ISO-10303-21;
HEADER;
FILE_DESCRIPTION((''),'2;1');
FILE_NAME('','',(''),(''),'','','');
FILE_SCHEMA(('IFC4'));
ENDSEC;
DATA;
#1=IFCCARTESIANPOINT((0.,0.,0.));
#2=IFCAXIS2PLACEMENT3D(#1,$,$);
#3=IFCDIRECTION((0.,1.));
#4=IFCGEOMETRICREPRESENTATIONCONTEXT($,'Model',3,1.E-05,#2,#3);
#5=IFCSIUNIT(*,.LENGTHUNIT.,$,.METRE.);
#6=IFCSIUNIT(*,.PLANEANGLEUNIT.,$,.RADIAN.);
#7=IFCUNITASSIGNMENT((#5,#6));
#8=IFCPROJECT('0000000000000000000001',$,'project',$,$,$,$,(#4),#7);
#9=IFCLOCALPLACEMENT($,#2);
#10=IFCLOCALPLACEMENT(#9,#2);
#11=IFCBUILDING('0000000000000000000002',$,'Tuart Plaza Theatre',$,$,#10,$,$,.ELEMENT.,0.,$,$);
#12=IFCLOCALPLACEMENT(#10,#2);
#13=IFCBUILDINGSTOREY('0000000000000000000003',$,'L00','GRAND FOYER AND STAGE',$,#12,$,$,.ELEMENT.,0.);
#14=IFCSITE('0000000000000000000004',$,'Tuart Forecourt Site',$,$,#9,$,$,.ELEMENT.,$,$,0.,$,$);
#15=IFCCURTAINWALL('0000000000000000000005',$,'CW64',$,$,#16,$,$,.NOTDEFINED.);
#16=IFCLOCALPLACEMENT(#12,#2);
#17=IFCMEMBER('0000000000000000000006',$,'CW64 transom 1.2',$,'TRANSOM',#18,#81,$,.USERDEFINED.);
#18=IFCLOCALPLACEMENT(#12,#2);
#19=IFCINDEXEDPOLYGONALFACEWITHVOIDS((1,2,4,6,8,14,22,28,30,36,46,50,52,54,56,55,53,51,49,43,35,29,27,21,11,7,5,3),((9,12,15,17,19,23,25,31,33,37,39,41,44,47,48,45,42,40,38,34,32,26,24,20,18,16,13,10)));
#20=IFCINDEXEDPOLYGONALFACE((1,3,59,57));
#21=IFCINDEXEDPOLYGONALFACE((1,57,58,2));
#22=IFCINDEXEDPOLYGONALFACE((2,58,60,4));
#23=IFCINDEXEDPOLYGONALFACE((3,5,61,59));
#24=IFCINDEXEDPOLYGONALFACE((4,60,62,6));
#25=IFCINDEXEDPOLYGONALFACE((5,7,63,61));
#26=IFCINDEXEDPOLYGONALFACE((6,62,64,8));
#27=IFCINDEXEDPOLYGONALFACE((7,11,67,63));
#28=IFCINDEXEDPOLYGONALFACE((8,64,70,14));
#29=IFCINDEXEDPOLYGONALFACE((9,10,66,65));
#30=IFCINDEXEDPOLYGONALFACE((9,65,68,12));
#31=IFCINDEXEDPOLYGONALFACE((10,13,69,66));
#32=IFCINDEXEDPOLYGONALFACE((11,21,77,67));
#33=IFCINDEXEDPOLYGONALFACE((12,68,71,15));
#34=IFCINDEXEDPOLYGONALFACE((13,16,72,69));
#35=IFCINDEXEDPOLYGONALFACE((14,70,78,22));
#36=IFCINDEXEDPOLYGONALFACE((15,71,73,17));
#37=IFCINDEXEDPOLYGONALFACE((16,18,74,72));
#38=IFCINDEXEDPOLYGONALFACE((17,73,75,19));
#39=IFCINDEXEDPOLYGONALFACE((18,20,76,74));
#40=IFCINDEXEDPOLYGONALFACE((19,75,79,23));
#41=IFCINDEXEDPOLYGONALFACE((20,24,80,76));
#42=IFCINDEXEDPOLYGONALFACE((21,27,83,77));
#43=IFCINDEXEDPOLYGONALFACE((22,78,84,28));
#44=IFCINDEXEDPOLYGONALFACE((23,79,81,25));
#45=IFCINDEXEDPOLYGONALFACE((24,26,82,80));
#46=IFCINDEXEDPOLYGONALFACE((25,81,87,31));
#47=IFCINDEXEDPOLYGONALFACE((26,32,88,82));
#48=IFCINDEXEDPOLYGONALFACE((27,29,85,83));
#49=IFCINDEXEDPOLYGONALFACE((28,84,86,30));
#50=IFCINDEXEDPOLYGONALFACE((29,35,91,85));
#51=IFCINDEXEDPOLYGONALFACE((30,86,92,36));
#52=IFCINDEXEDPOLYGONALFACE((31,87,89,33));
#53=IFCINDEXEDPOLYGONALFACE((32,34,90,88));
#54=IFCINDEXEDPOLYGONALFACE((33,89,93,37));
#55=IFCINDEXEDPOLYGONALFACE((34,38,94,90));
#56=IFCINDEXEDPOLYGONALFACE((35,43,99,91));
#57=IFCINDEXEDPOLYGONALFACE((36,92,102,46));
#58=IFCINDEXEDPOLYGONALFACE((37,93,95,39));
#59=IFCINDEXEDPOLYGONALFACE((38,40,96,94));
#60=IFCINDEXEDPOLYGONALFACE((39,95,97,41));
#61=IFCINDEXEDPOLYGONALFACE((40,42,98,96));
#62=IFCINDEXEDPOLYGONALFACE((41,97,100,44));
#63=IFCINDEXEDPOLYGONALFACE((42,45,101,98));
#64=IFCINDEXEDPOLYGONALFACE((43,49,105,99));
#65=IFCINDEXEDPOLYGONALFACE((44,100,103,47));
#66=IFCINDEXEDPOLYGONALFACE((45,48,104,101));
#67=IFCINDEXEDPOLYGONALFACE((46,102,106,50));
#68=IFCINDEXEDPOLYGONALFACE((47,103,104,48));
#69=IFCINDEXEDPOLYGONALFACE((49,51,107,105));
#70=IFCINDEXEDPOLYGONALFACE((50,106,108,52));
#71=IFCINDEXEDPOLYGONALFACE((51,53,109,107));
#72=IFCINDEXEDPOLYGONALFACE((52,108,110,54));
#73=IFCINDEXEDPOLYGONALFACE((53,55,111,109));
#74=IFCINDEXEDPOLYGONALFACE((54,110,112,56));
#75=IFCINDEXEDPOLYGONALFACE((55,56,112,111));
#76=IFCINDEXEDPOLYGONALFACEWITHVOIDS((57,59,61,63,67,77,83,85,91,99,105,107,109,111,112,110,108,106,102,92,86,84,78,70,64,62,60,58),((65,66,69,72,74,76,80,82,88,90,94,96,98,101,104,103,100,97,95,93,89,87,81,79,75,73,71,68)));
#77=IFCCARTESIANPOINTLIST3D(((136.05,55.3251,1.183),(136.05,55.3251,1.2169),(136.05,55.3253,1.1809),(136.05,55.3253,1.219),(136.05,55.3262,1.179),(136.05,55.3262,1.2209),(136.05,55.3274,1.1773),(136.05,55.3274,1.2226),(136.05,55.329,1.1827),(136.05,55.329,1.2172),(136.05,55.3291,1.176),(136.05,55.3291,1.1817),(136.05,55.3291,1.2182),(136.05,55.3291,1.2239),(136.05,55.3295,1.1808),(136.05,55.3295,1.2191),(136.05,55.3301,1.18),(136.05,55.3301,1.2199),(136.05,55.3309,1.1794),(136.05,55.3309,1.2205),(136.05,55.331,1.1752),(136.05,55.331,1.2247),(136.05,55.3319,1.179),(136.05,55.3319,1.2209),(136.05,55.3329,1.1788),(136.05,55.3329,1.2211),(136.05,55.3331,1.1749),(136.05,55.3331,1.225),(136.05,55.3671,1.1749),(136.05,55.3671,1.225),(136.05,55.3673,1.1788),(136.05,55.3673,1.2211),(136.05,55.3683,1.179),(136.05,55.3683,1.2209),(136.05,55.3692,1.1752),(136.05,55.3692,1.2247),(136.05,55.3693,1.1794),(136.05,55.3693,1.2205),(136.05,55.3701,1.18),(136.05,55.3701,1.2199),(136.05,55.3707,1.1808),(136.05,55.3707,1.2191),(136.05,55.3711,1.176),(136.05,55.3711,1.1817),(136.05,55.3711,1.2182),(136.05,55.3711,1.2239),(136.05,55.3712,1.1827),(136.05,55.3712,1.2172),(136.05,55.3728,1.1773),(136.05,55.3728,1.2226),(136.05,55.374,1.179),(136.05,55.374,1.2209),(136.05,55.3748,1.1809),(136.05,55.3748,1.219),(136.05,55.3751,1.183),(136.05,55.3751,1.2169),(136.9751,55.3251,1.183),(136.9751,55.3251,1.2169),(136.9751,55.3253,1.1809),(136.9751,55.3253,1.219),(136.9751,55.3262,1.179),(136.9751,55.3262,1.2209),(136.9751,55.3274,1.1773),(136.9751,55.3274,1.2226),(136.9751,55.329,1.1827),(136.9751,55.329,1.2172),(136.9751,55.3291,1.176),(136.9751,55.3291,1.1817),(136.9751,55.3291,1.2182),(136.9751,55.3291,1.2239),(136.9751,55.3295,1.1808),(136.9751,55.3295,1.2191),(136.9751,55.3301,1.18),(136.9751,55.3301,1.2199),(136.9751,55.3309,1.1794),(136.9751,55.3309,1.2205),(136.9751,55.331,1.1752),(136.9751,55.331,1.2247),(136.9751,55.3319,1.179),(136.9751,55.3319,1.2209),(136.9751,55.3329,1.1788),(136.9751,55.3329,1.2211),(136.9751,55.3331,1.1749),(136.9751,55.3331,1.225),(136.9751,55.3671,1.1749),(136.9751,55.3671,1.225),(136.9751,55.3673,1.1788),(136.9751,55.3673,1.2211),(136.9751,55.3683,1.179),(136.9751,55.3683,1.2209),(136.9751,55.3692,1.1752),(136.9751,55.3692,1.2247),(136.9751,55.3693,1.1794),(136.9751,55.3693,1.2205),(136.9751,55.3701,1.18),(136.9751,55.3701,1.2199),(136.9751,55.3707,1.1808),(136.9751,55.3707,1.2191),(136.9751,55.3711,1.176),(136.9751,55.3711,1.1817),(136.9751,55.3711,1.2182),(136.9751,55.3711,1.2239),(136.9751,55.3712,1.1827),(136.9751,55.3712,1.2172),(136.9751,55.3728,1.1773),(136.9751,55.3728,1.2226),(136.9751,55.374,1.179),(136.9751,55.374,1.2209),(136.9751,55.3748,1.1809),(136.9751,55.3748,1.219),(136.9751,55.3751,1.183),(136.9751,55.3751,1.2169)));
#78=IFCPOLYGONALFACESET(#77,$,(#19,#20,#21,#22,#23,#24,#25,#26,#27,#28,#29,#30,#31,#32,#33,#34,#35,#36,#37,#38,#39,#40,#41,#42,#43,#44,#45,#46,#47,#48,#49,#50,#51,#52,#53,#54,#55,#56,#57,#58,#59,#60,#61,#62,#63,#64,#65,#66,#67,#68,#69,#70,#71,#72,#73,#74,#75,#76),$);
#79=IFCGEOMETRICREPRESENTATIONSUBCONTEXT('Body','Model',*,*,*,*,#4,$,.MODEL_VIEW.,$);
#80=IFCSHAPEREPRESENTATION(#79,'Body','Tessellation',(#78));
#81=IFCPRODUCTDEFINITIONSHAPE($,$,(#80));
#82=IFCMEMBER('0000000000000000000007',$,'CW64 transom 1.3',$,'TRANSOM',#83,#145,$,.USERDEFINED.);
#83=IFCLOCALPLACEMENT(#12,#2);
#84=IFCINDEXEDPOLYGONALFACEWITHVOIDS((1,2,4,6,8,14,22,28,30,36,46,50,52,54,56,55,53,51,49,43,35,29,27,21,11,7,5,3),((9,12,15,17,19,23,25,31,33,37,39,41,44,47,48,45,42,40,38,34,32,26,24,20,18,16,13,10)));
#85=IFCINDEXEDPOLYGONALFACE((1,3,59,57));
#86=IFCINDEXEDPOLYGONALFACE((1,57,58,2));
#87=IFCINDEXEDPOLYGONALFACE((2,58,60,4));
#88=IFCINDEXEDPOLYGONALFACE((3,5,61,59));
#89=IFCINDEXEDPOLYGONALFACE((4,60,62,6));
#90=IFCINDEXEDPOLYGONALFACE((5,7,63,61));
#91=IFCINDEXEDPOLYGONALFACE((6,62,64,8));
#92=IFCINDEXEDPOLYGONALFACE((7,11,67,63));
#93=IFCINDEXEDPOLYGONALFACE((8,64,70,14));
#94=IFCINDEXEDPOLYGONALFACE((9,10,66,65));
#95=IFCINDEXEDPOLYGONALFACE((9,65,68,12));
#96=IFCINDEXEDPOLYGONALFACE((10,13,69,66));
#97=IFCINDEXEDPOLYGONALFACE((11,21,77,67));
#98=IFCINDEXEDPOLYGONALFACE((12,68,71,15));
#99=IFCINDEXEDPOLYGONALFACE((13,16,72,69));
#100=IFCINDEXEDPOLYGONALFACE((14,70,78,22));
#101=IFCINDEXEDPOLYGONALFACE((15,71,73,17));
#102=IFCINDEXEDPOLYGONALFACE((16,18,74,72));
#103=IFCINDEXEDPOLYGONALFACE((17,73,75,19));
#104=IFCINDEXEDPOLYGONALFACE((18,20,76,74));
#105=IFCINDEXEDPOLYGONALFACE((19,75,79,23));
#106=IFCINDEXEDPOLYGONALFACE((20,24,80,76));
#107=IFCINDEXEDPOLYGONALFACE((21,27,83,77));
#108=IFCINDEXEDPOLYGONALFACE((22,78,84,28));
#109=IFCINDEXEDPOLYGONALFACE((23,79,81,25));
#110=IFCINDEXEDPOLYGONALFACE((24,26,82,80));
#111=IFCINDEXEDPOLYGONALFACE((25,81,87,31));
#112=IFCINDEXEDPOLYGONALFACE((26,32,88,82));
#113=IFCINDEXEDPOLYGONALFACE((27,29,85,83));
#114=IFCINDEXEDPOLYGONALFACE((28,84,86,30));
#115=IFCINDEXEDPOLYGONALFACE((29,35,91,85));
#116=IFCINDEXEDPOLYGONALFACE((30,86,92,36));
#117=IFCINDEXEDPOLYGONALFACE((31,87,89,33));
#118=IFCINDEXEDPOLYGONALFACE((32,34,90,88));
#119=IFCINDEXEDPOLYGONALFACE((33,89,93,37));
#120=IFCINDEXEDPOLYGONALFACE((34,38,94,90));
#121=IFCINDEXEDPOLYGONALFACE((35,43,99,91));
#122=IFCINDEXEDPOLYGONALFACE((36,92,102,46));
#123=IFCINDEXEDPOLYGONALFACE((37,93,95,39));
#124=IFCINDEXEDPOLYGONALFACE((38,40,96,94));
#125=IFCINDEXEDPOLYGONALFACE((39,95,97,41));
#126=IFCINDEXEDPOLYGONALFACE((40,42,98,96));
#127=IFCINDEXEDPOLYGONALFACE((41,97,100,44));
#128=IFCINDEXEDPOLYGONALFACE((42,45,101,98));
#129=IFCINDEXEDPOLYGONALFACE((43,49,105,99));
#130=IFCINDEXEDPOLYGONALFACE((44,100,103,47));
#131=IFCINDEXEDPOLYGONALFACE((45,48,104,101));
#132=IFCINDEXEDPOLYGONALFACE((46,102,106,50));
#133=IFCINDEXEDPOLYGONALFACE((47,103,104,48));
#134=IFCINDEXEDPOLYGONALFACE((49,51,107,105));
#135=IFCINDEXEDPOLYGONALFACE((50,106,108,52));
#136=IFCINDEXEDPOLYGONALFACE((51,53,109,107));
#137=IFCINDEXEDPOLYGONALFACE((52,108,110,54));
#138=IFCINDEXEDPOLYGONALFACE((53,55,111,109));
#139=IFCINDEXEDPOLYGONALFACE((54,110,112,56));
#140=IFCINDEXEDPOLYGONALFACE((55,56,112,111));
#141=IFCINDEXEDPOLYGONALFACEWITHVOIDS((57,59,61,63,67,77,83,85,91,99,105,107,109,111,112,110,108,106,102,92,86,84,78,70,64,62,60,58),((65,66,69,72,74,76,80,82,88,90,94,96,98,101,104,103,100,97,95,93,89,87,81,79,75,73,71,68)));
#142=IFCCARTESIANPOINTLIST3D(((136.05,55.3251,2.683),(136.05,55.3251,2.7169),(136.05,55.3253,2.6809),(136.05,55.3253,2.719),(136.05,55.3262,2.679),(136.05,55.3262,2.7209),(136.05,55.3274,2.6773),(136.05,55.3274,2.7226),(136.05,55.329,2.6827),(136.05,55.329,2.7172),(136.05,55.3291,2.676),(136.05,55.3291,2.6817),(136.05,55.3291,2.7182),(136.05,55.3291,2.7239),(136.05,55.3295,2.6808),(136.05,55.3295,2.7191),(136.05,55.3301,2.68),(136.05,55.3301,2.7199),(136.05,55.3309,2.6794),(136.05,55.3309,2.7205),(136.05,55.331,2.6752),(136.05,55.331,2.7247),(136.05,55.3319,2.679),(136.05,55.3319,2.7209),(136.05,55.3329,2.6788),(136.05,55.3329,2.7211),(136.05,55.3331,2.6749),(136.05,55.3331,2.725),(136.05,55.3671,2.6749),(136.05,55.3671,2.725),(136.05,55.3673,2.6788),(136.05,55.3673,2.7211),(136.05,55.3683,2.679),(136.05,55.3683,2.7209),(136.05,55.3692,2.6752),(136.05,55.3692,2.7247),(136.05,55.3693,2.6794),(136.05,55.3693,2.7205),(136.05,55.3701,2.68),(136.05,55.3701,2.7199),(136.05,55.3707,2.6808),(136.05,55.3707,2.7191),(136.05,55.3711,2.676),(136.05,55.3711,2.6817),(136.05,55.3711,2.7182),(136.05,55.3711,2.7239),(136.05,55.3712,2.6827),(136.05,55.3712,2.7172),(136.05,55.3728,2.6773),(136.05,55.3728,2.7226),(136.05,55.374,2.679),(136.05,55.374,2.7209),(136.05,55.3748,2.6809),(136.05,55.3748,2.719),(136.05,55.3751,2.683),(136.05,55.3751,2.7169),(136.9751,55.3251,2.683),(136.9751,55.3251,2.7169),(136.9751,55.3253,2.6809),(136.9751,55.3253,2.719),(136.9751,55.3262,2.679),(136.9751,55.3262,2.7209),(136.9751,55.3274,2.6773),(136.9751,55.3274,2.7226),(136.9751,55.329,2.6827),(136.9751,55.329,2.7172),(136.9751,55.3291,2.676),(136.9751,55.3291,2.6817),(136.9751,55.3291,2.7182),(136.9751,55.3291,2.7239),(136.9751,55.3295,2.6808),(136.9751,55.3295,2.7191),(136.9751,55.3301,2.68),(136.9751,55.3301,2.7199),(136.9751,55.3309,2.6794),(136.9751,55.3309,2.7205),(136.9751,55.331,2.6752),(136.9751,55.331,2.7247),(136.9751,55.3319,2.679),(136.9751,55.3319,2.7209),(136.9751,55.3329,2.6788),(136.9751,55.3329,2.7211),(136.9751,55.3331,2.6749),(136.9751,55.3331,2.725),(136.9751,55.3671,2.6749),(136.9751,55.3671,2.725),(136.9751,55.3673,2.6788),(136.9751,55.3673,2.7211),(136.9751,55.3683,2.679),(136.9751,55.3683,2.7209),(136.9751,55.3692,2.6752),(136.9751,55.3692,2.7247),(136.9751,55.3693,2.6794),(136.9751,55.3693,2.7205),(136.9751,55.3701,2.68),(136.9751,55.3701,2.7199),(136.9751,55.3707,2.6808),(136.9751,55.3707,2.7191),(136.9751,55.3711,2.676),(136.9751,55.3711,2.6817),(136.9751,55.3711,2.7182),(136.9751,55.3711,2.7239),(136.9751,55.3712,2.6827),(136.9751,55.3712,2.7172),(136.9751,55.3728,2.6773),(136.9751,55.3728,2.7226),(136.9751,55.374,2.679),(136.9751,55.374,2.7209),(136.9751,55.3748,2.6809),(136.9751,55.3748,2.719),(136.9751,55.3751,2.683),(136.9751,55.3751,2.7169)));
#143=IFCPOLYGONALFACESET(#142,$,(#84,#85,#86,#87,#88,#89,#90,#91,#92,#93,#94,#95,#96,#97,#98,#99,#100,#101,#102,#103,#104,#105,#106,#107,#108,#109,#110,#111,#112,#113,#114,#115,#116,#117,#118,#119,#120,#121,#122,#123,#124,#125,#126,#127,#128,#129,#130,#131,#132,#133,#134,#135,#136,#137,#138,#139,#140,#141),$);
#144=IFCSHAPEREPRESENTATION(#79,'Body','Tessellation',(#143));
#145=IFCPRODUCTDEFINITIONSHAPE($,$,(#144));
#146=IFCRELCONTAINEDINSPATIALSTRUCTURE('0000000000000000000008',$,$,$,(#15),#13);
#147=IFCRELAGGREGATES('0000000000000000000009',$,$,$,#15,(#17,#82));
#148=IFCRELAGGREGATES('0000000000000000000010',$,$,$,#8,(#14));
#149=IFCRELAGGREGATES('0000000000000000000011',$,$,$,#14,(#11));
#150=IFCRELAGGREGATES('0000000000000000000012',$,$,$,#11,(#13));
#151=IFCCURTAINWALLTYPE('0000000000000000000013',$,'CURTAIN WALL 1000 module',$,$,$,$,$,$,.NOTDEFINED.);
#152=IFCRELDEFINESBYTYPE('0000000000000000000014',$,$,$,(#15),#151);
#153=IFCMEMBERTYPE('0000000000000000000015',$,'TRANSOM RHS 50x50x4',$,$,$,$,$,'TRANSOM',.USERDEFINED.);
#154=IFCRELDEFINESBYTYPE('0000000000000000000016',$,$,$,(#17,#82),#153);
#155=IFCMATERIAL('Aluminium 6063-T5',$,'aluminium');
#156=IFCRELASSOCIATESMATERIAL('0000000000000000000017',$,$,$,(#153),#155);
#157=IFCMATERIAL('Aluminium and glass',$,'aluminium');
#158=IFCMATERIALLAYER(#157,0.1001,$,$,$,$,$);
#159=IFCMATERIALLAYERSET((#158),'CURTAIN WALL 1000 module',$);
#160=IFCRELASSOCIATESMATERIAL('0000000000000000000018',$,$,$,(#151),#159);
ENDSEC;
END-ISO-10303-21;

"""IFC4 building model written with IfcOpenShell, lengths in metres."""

from ifc_helpers import new_model, si_unit, direction, frame, origin, origin_2d, place, context, subcontext, project, spatial, hollow_rectangle, extrude, material, layer, layer_set, material_profile, profile_set, type_object, element, aggregate, save


model = new_model("IFC4")

# Units and contexts
model_context = context("Model", 3, precision=1e-05, world=origin(), true_north=direction((0.0, 1.0)))
body_context = subcontext(model_context, "Body", "Model", "MODEL_VIEW")
ifc_project = project(units=[si_unit("LENGTHUNIT", "METRE"), si_unit("PLANEANGLEUNIT", "RADIAN")], contexts=[model_context])

# Site, building, storey
site_placement = place(None, origin())
site = spatial("IfcSite", under=ifc_project, at=site_placement, Name="Tuart Forecourt Site", CompositionType="ELEMENT", RefElevation=0.0)
building_placement = place(site_placement, origin())
building = spatial("IfcBuilding", under=site, at=building_placement, Name="Tuart Plaza Theatre", CompositionType="ELEMENT", ElevationOfRefHeight=0.0)
storey_placement = place(building_placement, origin())
storey = spatial("IfcBuildingStorey", under=building, at=storey_placement, Name="L00", Description="GRAND FOYER AND STAGE", CompositionType="ELEMENT", Elevation=0.0)

# Curtain wall, members
ifc_material_1 = material(Name="Aluminium 6063-T5", Category="aluminium")
ifc_material_profile_1 = material_profile(ifc_material_1, hollow_rectangle(XDim=0.05, YDim=0.05, WallThickness=0.0039, InnerFilletRadius=0.0039, OuterFilletRadius=0.0081, at=origin_2d()), Name="RHS 50x50x4")
ifc_profile_set_1 = profile_set([ifc_material_profile_1], Name="Aluminium 6063-T5")
member_type_1 = type_object("IfcMemberType", Name="TRANSOM RHS 50x50x4", ElementType="TRANSOM", PredefinedType="USERDEFINED", material=ifc_profile_set_1)
ifc_material_2 = material(Name="Aluminium and glass", Category="aluminium")
ifc_layer_1 = layer(ifc_material_2, 0.1001)
ifc_layer_set_1 = layer_set([ifc_layer_1], Name="CURTAIN WALL 1000 module")
curtain_wall_type_1 = type_object("IfcCurtainWallType", Name="CURTAIN WALL 1000 module", PredefinedType="NOTDEFINED", material=ifc_layer_set_1)
curtain_wall_1_placement = place(storey_placement, origin())
curtain_wall_1 = element("IfcCurtainWall", 1, at=curtain_wall_1_placement, inside=storey, type_object=curtain_wall_type_1, Name="CW64", PredefinedType="NOTDEFINED")
member_1_placement = place(storey_placement, frame((136.05, 55.3501, 1.2), z_axis=(1.0, 0.0, 0.0), x_axis=(0.0, 1.0, 0.0)))
member_1 = element("IfcMember", 2, at=member_1_placement, type_object=member_type_1, Name="CW64 transom 1.2", ObjectType="TRANSOM", PredefinedType="USERDEFINED", context=body_context, shape_type="SweptSolid", body=[
    extrude(hollow_rectangle(XDim=0.05, YDim=0.05, WallThickness=0.0039, InnerFilletRadius=0.0039, OuterFilletRadius=0.0081, at=origin_2d()), origin(), (0.0, 0.0, 1.0), 0.925),
])
member_2_placement = place(storey_placement, frame((136.05, 55.3501, 2.7), z_axis=(1.0, 0.0, 0.0), x_axis=(0.0, 1.0, 0.0)))
member_2 = element("IfcMember", 3, at=member_2_placement, type_object=member_type_1, Name="CW64 transom 1.3", ObjectType="TRANSOM", PredefinedType="USERDEFINED", context=body_context, shape_type="SweptSolid", body=[
    extrude(hollow_rectangle(XDim=0.05, YDim=0.05, WallThickness=0.0039, InnerFilletRadius=0.0039, OuterFilletRadius=0.0081, at=origin_2d()), origin(), (0.0, 0.0, 1.0), 0.925),
])
aggregate(curtain_wall_1, [member_1, member_2])

save(model, "model.ifc")
